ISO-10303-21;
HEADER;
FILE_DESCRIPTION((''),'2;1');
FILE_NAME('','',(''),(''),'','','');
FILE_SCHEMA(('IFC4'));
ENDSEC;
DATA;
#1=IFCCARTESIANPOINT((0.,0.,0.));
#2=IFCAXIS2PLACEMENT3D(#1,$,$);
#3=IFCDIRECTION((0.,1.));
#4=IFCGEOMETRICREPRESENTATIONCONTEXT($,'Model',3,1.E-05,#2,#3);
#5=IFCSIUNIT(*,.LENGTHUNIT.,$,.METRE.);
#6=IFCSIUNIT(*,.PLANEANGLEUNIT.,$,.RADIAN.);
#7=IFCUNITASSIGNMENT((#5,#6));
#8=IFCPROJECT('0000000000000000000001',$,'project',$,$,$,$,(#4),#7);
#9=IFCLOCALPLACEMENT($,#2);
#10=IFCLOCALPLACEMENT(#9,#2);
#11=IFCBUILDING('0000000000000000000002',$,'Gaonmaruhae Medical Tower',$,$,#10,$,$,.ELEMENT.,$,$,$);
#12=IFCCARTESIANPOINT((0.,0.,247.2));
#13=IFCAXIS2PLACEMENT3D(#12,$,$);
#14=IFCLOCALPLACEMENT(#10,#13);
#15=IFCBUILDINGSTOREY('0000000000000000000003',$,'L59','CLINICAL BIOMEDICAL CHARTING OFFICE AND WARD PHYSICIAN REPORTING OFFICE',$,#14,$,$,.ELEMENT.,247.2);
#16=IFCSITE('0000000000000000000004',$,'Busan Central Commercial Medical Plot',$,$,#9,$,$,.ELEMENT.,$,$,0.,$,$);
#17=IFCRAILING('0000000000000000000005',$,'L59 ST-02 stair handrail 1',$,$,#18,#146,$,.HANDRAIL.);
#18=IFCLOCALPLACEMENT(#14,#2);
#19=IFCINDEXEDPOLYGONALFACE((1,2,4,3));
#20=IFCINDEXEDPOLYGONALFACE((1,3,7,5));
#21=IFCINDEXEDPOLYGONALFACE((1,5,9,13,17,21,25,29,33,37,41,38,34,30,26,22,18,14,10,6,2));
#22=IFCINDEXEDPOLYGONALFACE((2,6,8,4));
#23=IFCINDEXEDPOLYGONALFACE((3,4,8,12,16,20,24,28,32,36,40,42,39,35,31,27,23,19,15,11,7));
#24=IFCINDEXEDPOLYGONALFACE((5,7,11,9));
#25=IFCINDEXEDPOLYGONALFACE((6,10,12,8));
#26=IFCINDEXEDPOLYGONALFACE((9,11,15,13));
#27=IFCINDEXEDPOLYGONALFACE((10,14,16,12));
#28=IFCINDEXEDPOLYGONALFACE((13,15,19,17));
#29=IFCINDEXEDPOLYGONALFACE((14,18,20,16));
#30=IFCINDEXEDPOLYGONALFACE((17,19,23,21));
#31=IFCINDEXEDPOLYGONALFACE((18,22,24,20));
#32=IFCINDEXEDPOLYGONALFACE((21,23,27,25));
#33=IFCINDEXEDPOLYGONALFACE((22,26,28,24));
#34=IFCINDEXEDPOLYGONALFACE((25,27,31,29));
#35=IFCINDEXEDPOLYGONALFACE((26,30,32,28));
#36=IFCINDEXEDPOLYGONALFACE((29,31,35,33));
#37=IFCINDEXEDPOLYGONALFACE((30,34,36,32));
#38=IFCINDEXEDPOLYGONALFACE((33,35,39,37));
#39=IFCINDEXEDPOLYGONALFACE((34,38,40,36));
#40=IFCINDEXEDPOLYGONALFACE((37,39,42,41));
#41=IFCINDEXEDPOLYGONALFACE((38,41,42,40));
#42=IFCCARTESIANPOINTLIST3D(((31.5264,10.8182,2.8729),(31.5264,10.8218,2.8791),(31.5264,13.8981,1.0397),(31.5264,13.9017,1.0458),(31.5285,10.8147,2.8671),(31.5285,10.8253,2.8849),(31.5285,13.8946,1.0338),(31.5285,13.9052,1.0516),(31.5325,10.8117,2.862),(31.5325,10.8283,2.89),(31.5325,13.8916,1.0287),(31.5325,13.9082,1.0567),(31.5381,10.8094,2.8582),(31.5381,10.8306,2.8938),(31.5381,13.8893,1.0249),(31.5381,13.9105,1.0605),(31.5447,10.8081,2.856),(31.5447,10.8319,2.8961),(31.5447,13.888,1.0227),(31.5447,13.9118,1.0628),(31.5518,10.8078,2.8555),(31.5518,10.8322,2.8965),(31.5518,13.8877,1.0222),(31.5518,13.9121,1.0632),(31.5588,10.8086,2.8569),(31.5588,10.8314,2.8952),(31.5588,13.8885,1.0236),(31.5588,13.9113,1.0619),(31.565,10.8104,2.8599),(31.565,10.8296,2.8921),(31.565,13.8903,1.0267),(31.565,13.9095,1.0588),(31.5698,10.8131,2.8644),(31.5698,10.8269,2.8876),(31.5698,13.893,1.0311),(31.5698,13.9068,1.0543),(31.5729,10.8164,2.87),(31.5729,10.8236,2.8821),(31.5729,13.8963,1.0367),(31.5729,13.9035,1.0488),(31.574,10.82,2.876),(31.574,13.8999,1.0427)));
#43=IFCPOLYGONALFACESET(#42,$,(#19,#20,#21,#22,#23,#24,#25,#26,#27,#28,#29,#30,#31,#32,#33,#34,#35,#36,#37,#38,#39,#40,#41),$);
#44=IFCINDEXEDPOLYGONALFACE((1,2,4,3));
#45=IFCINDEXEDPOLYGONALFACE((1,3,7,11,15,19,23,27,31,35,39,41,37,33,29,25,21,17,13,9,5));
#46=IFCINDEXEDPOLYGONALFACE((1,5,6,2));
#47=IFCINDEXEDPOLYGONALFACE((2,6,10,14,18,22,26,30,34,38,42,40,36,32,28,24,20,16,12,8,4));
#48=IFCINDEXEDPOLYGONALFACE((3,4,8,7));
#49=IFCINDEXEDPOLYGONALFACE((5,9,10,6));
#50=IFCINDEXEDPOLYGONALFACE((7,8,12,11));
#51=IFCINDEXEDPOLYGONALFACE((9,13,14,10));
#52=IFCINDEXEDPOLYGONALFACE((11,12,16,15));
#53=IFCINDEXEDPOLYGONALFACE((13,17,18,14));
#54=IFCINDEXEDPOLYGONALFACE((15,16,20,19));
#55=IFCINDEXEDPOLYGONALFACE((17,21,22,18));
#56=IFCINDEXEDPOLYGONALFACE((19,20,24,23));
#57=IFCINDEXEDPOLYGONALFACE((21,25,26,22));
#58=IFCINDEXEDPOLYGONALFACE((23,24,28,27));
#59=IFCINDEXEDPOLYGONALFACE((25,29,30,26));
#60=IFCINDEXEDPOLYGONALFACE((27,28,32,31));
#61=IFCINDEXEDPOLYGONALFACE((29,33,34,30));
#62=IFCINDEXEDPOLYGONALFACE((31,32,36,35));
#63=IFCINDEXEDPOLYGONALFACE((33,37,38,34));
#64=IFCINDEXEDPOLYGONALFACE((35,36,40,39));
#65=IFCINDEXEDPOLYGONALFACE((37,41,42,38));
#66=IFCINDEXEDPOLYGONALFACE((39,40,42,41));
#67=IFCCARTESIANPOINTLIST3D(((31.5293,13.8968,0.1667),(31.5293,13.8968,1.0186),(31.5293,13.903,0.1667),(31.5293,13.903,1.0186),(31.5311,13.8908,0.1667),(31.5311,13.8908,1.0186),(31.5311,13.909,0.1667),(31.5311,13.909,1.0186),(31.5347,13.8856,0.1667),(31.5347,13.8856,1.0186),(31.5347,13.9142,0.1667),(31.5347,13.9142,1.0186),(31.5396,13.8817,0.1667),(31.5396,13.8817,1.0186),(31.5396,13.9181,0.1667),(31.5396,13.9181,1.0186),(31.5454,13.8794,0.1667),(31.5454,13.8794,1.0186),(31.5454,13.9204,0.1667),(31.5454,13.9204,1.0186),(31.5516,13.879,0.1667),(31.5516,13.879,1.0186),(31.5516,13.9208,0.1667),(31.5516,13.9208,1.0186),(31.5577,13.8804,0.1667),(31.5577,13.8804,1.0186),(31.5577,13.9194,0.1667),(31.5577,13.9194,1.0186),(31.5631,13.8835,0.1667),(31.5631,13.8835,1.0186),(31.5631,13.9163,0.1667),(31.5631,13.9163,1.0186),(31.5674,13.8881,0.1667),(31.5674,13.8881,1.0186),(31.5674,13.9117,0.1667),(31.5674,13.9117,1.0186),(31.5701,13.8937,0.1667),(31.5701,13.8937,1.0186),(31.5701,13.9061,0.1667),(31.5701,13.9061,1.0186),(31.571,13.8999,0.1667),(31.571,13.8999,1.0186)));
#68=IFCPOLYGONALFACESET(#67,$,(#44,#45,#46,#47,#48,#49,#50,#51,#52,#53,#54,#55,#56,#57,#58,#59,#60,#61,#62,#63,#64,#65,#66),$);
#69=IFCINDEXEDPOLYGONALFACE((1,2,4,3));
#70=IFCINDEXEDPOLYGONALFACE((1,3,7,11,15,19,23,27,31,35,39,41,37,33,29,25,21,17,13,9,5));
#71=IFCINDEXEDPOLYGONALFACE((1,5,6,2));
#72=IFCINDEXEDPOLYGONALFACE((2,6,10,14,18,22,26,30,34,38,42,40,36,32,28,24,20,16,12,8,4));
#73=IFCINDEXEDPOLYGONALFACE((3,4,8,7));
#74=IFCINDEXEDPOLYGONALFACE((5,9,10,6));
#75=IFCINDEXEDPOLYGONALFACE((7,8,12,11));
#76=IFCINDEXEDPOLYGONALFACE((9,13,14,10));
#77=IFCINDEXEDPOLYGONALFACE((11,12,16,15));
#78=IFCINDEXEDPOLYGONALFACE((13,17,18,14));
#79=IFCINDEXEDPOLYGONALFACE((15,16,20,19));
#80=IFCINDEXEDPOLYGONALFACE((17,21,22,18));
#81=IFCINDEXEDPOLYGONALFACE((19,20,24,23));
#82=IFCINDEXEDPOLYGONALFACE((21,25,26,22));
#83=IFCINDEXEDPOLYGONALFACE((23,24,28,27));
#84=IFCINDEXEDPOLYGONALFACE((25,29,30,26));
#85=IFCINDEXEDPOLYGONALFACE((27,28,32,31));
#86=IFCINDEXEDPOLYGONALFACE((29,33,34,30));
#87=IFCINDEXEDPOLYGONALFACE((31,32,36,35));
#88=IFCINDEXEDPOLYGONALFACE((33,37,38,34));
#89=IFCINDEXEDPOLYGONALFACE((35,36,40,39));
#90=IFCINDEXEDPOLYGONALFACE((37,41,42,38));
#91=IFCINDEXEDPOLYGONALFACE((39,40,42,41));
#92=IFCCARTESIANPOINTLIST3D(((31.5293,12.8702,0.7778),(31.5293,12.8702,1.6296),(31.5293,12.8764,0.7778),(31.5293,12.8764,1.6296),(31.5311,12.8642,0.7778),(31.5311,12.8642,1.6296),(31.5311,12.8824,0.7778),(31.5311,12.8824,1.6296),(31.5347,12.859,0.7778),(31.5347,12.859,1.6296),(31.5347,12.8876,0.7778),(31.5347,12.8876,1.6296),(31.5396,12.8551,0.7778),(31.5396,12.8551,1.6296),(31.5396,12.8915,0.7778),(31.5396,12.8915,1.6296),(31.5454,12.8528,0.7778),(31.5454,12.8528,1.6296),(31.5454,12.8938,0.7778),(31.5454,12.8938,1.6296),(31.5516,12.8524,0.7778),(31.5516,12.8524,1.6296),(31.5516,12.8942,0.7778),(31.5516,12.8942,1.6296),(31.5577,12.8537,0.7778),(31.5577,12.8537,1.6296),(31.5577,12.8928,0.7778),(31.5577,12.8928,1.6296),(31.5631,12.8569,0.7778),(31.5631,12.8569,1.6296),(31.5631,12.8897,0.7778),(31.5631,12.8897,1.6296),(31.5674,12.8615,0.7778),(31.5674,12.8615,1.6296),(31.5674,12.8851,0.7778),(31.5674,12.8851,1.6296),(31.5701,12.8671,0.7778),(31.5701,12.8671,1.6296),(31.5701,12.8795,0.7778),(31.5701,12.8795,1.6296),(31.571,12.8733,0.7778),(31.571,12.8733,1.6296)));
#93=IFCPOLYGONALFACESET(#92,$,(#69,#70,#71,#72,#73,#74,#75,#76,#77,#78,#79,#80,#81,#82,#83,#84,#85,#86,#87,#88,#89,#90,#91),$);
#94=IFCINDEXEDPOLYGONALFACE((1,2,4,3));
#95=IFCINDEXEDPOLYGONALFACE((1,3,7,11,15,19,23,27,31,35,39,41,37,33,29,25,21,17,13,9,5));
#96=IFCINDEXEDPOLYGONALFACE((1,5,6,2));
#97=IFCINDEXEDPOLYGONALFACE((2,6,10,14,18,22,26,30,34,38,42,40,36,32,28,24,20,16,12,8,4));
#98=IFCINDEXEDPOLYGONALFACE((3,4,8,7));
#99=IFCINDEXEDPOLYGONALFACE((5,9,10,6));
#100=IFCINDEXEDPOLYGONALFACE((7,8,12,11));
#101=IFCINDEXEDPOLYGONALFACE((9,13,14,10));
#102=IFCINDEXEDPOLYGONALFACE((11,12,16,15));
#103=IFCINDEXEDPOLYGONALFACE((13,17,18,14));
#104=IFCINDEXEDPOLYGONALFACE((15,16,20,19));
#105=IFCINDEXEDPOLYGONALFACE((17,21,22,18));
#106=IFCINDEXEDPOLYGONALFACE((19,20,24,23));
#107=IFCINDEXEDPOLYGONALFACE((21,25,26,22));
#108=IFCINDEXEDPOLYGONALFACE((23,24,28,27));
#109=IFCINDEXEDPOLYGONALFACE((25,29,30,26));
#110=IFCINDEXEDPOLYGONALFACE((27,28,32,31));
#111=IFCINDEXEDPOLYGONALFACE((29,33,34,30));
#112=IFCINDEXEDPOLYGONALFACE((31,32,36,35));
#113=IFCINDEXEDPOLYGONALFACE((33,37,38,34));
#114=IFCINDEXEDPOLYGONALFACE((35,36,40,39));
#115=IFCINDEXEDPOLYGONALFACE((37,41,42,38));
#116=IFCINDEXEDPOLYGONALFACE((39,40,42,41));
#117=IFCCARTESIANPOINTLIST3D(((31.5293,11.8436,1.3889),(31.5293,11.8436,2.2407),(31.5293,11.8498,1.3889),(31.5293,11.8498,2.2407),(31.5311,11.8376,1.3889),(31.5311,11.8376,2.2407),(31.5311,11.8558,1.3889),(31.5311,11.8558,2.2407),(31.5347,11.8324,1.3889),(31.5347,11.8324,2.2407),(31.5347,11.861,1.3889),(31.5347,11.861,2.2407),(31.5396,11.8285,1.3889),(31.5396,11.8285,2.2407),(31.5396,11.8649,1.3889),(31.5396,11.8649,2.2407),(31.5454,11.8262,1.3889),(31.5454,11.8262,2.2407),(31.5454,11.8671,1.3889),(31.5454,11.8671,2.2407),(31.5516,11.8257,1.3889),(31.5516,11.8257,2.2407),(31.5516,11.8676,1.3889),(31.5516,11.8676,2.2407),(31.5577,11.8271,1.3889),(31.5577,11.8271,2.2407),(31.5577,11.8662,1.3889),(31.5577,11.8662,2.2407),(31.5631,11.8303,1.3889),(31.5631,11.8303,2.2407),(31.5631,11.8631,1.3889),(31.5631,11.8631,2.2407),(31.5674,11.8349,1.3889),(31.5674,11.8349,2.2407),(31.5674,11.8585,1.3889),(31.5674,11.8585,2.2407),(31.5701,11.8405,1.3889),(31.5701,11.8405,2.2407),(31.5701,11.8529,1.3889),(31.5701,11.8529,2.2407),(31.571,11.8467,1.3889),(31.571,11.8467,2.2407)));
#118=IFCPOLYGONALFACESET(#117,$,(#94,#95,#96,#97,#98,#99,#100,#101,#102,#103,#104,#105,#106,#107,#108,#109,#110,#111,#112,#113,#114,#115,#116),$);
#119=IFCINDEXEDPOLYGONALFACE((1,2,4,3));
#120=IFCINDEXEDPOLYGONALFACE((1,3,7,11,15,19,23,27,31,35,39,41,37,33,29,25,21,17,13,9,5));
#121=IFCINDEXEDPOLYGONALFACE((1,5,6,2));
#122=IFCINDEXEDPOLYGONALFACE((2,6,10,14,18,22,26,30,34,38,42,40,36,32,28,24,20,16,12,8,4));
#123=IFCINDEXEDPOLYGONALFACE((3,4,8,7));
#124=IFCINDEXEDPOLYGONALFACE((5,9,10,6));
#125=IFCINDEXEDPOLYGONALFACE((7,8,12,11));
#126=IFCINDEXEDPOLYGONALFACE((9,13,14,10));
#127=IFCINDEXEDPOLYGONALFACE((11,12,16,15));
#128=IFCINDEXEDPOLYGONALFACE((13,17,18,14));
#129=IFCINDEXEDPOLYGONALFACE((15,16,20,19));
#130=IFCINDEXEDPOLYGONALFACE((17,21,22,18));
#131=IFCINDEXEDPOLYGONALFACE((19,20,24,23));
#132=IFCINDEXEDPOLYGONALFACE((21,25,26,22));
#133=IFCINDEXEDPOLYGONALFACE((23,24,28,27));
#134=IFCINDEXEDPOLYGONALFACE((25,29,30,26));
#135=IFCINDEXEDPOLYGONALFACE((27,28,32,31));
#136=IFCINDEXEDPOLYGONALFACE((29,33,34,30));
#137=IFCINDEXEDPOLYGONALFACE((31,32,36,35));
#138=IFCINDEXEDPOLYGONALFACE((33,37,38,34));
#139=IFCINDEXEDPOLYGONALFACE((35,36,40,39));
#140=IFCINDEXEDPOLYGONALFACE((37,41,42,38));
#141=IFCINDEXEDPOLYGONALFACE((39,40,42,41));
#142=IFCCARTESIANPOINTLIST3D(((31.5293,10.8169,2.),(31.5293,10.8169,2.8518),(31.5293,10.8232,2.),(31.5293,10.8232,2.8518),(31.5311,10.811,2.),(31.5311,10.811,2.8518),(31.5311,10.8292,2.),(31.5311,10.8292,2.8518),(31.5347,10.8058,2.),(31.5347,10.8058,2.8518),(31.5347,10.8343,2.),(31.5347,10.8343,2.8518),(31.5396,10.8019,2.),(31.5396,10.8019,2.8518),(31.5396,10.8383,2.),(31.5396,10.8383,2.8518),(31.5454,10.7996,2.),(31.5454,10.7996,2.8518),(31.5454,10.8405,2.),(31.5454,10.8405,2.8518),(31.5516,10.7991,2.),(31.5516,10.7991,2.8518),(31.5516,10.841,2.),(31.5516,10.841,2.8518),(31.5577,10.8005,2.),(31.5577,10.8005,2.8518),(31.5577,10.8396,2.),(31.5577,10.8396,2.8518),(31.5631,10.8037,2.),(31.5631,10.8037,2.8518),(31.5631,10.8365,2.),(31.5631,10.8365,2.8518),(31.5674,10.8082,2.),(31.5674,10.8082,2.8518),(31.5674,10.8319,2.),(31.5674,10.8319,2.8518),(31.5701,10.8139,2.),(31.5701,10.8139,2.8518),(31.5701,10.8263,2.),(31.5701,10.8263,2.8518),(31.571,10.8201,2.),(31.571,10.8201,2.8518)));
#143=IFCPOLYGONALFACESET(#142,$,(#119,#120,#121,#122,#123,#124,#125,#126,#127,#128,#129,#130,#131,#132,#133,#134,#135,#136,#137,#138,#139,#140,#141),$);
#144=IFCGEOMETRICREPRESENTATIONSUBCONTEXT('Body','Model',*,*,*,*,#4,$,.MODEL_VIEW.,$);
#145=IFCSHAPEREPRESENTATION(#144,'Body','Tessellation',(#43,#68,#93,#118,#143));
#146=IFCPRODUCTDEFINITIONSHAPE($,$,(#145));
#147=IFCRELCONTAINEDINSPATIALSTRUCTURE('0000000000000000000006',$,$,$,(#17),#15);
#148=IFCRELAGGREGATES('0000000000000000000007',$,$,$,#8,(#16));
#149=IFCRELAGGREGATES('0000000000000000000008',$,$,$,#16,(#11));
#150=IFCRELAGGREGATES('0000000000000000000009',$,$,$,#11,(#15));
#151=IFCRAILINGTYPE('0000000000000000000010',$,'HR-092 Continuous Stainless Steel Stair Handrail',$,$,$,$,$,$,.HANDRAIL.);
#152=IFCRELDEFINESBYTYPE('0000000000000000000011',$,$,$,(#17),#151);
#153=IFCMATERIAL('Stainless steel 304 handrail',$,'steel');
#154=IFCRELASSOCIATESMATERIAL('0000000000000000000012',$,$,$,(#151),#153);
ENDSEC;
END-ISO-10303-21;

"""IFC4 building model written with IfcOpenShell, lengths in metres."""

from ifc_helpers import new_model, si_unit, direction, frame, origin, origin_2d, place, context, subcontext, project, spatial, circle, extrude, material, type_object, element, save


model = new_model("IFC4")

# Units and contexts
model_context = context("Model", 3, precision=1e-05, world=origin(), true_north=direction((0.0, 1.0)))
body_context = subcontext(model_context, "Body", "Model", "MODEL_VIEW")
ifc_project = project(units=[si_unit("LENGTHUNIT", "METRE"), si_unit("PLANEANGLEUNIT", "RADIAN")], contexts=[model_context])

# Site, building, storey
site_placement = place(None, origin())
site = spatial("IfcSite", under=ifc_project, at=site_placement, Name="Busan Central Commercial Medical Plot", CompositionType="ELEMENT", RefElevation=0.0)
building_placement = place(site_placement, origin())
building = spatial("IfcBuilding", under=site, at=building_placement, Name="Gaonmaruhae Medical Tower", CompositionType="ELEMENT")
storey_placement = place(building_placement, frame((0.0, 0.0, 247.2)))
storey = spatial("IfcBuildingStorey", under=building, at=storey_placement, Name="L59", Description="CLINICAL BIOMEDICAL CHARTING OFFICE AND WARD PHYSICIAN REPORTING OFFICE", CompositionType="ELEMENT", Elevation=247.2)

# Railing
ifc_material_1 = material(Name="Stainless steel 304 handrail", Category="steel")
railing_type_1 = type_object("IfcRailingType", Name="HR-092 Continuous Stainless Steel Stair Handrail", PredefinedType="HANDRAIL", material=ifc_material_1)
railing_1_placement = place(storey_placement, frame((31.55, 13.8999, 0.1667)))
element("IfcRailing", 1, at=railing_1_placement, inside=storey, type_object=railing_type_1, Name="L59 ST-02 stair handrail 1", PredefinedType="HANDRAIL", context=body_context, shape_type="SweptSolid", body=[
    extrude(circle(Radius=0.0239, at=origin_2d()), frame((0.0, 0.0, 0.876), z_axis=(0.0, -0.859291, 0.511487), x_axis=(1.0, 0.0, 0.0)), (0.0, 0.0, 1.0), 3.5842),
    extrude(circle(Radius=0.021, at=origin_2d()), origin(), (0.0, 0.0, 1.0), 0.8518),
    extrude(circle(Radius=0.021, at=origin_2d()), frame((0.0, -1.0266, 0.6111)), (0.0, 0.0, 1.0), 0.8518),
    extrude(circle(Radius=0.021, at=origin_2d()), frame((0.0, -2.0532, 1.2222)), (0.0, 0.0, 1.0), 0.8518),
    extrude(circle(Radius=0.021, at=origin_2d()), frame((0.0, -3.0798, 1.8333)), (0.0, 0.0, 1.0), 0.8518),
])

save(model, "model.ifc")
